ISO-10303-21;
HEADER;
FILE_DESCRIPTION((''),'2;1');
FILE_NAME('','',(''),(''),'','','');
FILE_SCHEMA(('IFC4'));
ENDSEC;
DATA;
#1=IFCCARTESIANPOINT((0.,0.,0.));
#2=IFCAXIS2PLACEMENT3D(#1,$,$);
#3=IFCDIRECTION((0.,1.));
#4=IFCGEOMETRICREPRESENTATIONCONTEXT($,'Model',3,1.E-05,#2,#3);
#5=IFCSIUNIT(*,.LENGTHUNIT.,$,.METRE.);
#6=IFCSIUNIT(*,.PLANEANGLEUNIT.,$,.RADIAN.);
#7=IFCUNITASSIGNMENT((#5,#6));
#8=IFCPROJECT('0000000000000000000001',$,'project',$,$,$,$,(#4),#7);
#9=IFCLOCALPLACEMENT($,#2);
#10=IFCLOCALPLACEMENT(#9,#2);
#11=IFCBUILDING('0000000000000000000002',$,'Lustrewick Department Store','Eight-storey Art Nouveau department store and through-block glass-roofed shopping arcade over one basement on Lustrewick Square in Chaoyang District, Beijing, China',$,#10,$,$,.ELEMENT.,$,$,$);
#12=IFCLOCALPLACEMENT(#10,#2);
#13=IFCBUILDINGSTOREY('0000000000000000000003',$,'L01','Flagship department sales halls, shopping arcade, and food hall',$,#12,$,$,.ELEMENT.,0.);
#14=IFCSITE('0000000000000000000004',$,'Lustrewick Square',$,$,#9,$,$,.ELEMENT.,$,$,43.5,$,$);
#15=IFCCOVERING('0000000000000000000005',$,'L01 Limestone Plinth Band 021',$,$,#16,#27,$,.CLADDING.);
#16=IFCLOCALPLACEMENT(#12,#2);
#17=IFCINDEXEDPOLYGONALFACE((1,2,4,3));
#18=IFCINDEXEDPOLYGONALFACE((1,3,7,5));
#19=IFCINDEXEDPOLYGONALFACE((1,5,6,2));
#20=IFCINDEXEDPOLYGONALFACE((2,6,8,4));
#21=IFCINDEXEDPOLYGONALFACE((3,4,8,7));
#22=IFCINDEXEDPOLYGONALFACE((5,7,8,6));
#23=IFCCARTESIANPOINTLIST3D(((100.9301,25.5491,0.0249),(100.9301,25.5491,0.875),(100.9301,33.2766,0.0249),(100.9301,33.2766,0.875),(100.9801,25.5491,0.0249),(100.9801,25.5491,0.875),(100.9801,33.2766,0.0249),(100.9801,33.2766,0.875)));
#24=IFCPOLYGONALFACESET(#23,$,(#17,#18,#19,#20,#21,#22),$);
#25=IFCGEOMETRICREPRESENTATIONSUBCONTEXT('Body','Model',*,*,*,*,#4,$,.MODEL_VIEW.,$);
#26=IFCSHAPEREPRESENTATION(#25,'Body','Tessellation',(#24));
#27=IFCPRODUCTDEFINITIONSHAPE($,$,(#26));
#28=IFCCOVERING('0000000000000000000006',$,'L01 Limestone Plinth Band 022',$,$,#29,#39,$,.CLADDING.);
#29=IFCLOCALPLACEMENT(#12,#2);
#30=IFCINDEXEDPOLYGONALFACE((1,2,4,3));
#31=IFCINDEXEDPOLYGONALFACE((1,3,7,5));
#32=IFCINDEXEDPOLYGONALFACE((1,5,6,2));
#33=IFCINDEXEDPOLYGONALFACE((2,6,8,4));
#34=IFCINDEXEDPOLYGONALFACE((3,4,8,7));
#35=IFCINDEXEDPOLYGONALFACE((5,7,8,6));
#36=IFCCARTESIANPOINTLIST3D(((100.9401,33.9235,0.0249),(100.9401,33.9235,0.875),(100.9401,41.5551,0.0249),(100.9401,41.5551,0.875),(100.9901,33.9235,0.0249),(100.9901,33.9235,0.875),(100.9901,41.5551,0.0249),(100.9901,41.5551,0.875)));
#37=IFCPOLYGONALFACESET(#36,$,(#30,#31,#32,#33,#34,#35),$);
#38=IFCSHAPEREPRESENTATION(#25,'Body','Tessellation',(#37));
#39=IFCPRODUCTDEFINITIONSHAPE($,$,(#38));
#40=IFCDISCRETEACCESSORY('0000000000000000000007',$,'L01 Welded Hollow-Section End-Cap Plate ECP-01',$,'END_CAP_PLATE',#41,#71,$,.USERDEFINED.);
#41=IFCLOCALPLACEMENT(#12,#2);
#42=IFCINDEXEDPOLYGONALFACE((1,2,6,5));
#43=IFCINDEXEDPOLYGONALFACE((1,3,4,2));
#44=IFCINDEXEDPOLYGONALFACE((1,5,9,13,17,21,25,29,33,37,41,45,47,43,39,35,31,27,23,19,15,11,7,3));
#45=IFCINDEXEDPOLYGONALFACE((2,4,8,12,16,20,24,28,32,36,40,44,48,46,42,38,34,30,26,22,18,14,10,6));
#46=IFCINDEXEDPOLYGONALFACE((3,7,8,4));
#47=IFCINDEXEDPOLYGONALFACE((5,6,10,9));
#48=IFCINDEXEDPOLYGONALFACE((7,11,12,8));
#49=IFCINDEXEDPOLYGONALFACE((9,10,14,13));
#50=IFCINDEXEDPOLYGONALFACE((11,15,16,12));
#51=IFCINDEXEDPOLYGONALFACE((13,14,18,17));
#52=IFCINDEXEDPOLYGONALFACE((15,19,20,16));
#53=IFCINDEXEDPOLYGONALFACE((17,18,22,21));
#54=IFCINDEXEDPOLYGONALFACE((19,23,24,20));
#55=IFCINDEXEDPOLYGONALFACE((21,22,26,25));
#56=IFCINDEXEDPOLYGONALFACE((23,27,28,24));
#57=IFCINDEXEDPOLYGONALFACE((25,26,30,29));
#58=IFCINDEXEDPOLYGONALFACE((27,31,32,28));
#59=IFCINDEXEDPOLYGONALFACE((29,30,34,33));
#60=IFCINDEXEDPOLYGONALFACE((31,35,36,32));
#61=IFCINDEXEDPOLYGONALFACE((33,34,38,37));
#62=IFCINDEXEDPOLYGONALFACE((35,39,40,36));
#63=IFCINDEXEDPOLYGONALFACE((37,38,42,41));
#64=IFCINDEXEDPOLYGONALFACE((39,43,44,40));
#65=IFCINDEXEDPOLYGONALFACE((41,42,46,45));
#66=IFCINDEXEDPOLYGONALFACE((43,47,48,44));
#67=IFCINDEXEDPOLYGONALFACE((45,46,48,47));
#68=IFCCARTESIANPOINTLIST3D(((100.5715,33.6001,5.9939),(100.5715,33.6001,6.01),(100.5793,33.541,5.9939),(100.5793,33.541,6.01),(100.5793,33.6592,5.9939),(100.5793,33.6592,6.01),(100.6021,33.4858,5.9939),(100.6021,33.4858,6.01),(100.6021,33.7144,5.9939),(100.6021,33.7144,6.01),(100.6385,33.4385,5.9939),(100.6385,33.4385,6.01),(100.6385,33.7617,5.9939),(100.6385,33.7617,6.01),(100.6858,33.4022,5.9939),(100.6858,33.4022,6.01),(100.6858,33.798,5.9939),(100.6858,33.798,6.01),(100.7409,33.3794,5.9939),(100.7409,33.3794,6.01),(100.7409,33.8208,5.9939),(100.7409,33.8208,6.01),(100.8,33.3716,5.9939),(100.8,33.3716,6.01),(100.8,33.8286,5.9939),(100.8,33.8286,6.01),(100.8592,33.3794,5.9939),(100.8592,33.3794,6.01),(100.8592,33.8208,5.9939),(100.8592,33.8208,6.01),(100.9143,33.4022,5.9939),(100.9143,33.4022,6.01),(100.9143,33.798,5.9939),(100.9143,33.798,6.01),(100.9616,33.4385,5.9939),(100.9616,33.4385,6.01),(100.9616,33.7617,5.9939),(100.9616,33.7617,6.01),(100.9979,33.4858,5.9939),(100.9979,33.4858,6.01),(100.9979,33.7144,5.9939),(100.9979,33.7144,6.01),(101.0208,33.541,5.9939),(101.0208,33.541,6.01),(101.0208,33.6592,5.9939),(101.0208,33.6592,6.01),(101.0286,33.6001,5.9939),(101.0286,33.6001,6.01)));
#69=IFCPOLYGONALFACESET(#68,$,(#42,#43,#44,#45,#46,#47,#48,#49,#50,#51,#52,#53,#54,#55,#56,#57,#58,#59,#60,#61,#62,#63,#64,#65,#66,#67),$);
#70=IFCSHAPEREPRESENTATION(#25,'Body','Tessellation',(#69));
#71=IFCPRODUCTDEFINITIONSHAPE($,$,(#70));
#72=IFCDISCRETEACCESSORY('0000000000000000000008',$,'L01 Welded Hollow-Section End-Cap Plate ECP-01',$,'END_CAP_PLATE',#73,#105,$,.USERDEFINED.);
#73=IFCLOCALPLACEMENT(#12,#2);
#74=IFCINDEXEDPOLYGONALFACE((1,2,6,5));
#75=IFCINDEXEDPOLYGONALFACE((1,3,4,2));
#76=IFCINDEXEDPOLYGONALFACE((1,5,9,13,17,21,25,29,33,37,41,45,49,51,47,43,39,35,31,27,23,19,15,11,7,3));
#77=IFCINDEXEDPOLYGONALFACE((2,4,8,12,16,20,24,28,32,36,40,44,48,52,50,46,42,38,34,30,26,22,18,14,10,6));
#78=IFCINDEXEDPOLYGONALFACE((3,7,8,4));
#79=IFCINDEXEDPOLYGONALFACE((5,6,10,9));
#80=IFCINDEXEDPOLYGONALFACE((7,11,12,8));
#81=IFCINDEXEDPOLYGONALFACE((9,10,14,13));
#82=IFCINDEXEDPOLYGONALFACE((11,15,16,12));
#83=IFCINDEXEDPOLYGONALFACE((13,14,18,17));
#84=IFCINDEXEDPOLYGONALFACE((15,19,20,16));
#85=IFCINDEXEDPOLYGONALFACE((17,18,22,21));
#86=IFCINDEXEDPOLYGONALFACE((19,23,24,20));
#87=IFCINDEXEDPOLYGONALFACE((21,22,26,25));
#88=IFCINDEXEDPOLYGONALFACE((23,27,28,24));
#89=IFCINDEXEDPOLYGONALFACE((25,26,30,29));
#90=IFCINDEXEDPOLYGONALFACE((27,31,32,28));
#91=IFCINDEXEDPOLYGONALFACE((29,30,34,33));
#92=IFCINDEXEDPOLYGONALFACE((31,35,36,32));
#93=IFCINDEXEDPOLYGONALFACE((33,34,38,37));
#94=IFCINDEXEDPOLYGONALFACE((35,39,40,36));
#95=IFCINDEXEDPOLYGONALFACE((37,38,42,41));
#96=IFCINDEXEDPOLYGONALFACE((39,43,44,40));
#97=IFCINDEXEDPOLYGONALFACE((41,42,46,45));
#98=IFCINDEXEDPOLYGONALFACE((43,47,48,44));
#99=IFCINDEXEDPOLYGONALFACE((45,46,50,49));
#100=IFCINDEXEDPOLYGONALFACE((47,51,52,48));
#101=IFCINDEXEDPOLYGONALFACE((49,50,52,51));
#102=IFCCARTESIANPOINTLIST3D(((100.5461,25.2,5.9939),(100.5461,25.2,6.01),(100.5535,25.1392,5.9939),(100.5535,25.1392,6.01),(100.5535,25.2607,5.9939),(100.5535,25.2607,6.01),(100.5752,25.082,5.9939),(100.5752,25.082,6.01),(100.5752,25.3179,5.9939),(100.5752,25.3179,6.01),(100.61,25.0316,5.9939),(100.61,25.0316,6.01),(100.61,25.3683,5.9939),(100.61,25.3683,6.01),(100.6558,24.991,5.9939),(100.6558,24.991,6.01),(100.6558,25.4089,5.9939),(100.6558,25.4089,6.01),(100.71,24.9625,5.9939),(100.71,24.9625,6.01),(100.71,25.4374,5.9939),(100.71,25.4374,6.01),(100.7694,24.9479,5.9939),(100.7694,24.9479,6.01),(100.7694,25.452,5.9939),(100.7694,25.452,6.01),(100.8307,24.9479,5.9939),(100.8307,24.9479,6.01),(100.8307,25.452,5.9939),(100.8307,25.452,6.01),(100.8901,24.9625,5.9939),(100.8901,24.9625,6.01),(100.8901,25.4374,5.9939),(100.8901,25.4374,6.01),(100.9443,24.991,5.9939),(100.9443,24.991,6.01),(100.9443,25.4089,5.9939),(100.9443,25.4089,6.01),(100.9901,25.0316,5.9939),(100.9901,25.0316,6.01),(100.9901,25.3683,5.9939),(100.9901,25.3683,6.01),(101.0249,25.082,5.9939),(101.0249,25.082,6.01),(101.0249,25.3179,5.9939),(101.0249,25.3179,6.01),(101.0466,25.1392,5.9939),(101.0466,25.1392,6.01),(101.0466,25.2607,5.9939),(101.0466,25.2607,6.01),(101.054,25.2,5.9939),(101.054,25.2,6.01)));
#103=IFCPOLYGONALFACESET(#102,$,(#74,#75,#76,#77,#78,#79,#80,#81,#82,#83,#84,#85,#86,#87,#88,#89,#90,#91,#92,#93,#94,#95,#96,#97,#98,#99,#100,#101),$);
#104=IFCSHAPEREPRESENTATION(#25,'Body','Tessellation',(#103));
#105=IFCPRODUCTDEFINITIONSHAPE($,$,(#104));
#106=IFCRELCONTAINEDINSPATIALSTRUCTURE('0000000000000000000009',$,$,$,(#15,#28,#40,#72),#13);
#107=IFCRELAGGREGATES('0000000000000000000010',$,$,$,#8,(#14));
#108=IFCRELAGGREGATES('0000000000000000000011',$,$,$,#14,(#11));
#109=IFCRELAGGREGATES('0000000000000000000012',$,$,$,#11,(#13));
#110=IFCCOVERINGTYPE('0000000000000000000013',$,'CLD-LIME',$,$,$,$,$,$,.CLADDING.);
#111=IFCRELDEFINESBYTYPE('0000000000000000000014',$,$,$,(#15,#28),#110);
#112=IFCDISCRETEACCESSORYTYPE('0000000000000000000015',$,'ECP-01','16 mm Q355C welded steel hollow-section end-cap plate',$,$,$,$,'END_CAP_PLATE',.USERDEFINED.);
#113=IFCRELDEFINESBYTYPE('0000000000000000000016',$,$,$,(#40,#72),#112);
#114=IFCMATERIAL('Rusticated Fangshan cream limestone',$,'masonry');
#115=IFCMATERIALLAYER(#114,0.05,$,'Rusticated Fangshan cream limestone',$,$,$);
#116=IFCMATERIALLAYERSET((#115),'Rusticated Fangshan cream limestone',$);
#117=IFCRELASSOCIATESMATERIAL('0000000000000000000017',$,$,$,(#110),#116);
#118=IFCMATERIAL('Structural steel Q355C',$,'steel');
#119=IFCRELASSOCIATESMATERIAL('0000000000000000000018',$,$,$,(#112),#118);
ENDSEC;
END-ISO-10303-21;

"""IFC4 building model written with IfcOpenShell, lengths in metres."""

from ifc_helpers import new_model, si_unit, direction, frame, origin, origin_2d, place, context, subcontext, project, spatial, rectangle, circle, extrude, material, layer, layer_set, type_object, element, save


model = new_model("IFC4")

# Units and contexts
model_context = context("Model", 3, precision=1e-05, world=origin(), true_north=direction((0.0, 1.0)))
body_context = subcontext(model_context, "Body", "Model", "MODEL_VIEW")
ifc_project = project(units=[si_unit("LENGTHUNIT", "METRE"), si_unit("PLANEANGLEUNIT", "RADIAN")], contexts=[model_context])

# Site, building, storey
site_placement = place(None, origin())
site = spatial("IfcSite", under=ifc_project, at=site_placement, Name="Lustrewick Square", CompositionType="ELEMENT", RefElevation=43.5)
building_placement = place(site_placement, origin())
building = spatial("IfcBuilding", under=site, at=building_placement, Name="Lustrewick Department Store", Description="Eight-storey Art Nouveau department store and through-block glass-roofed shopping arcade over one basement on Lustrewick Square in Chaoyang District, Beijing, China", CompositionType="ELEMENT")
storey_placement = place(building_placement, origin())
storey = spatial("IfcBuildingStorey", under=building, at=storey_placement, Name="L01", Description="Flagship department sales halls, shopping arcade, and food hall", CompositionType="ELEMENT", Elevation=0.0)

# Shared definitions
ifc_material_1 = material(Name="Structural steel Q355C", Category="steel")

# Coverings
ifc_material_2 = material(Name="Rusticated Fangshan cream limestone", Category="masonry")
ifc_layer_1 = layer(ifc_material_2, 0.05, Name="Rusticated Fangshan cream limestone")
ifc_layer_set_1 = layer_set([ifc_layer_1], Name="Rusticated Fangshan cream limestone")
covering_type = type_object("IfcCoveringType", Name="CLD-LIME", PredefinedType="CLADDING", material=ifc_layer_set_1)
covering_1_placement = place(storey_placement, frame((100.9551, 29.4128, 0.0249), z_axis=(0.0, 0.0, 1.0), x_axis=(0.0, 1.0, 0.0)))
element("IfcCovering", 1, at=covering_1_placement, inside=storey, type_object=covering_type, Name="L01 Limestone Plinth Band 021", PredefinedType="CLADDING", context=body_context, shape_type="SweptSolid", body=[
    extrude(rectangle(XDim=7.7275, YDim=0.05, at=origin_2d()), origin(), (0.0, 0.0, 1.0), 0.8501),
])
covering_2_placement = place(storey_placement, frame((100.9651, 37.7393, 0.0249), z_axis=(0.0, 0.0, 1.0), x_axis=(0.0, 1.0, 0.0)))
element("IfcCovering", 2, at=covering_2_placement, inside=storey, type_object=covering_type, Name="L01 Limestone Plinth Band 022", PredefinedType="CLADDING", context=body_context, shape_type="SweptSolid", body=[
    extrude(rectangle(XDim=7.6316, YDim=0.05, at=origin_2d()), origin(), (0.0, 0.0, 1.0), 0.8501),
])

# Discrete accessories
discrete_accessory_type = type_object("IfcDiscreteAccessoryType", Name="ECP-01", Description="16 mm Q355C welded steel hollow-section end-cap plate", ElementType="END_CAP_PLATE", PredefinedType="USERDEFINED", material=ifc_material_1)
discrete_accessory_1_placement = place(storey_placement, frame((100.8, 33.6001, 5.9939), z_axis=(0.0, 0.0, 1.0), x_axis=(1.0, 0.0, 0.0)))
element("IfcDiscreteAccessory", 3, at=discrete_accessory_1_placement, inside=storey, type_object=discrete_accessory_type, Name="L01 Welded Hollow-Section End-Cap Plate ECP-01", ObjectType="END_CAP_PLATE", PredefinedType="USERDEFINED", context=body_context, shape_type="SweptSolid", body=[
    extrude(circle(Radius=0.2285, at=origin_2d()), origin(), (0.0, 0.0, 1.0), 0.0161),
])
discrete_accessory_2_placement = place(storey_placement, frame((100.8, 25.2, 5.9939), z_axis=(0.0, 0.0, 1.0), x_axis=(1.0, 0.0, 0.0)))
element("IfcDiscreteAccessory", 4, at=discrete_accessory_2_placement, inside=storey, type_object=discrete_accessory_type, Name="L01 Welded Hollow-Section End-Cap Plate ECP-01", ObjectType="END_CAP_PLATE", PredefinedType="USERDEFINED", context=body_context, shape_type="SweptSolid", body=[
    extrude(circle(Radius=0.2539, at=origin_2d()), origin(), (0.0, 0.0, 1.0), 0.0161),
])

save(model, "model.ifc")
